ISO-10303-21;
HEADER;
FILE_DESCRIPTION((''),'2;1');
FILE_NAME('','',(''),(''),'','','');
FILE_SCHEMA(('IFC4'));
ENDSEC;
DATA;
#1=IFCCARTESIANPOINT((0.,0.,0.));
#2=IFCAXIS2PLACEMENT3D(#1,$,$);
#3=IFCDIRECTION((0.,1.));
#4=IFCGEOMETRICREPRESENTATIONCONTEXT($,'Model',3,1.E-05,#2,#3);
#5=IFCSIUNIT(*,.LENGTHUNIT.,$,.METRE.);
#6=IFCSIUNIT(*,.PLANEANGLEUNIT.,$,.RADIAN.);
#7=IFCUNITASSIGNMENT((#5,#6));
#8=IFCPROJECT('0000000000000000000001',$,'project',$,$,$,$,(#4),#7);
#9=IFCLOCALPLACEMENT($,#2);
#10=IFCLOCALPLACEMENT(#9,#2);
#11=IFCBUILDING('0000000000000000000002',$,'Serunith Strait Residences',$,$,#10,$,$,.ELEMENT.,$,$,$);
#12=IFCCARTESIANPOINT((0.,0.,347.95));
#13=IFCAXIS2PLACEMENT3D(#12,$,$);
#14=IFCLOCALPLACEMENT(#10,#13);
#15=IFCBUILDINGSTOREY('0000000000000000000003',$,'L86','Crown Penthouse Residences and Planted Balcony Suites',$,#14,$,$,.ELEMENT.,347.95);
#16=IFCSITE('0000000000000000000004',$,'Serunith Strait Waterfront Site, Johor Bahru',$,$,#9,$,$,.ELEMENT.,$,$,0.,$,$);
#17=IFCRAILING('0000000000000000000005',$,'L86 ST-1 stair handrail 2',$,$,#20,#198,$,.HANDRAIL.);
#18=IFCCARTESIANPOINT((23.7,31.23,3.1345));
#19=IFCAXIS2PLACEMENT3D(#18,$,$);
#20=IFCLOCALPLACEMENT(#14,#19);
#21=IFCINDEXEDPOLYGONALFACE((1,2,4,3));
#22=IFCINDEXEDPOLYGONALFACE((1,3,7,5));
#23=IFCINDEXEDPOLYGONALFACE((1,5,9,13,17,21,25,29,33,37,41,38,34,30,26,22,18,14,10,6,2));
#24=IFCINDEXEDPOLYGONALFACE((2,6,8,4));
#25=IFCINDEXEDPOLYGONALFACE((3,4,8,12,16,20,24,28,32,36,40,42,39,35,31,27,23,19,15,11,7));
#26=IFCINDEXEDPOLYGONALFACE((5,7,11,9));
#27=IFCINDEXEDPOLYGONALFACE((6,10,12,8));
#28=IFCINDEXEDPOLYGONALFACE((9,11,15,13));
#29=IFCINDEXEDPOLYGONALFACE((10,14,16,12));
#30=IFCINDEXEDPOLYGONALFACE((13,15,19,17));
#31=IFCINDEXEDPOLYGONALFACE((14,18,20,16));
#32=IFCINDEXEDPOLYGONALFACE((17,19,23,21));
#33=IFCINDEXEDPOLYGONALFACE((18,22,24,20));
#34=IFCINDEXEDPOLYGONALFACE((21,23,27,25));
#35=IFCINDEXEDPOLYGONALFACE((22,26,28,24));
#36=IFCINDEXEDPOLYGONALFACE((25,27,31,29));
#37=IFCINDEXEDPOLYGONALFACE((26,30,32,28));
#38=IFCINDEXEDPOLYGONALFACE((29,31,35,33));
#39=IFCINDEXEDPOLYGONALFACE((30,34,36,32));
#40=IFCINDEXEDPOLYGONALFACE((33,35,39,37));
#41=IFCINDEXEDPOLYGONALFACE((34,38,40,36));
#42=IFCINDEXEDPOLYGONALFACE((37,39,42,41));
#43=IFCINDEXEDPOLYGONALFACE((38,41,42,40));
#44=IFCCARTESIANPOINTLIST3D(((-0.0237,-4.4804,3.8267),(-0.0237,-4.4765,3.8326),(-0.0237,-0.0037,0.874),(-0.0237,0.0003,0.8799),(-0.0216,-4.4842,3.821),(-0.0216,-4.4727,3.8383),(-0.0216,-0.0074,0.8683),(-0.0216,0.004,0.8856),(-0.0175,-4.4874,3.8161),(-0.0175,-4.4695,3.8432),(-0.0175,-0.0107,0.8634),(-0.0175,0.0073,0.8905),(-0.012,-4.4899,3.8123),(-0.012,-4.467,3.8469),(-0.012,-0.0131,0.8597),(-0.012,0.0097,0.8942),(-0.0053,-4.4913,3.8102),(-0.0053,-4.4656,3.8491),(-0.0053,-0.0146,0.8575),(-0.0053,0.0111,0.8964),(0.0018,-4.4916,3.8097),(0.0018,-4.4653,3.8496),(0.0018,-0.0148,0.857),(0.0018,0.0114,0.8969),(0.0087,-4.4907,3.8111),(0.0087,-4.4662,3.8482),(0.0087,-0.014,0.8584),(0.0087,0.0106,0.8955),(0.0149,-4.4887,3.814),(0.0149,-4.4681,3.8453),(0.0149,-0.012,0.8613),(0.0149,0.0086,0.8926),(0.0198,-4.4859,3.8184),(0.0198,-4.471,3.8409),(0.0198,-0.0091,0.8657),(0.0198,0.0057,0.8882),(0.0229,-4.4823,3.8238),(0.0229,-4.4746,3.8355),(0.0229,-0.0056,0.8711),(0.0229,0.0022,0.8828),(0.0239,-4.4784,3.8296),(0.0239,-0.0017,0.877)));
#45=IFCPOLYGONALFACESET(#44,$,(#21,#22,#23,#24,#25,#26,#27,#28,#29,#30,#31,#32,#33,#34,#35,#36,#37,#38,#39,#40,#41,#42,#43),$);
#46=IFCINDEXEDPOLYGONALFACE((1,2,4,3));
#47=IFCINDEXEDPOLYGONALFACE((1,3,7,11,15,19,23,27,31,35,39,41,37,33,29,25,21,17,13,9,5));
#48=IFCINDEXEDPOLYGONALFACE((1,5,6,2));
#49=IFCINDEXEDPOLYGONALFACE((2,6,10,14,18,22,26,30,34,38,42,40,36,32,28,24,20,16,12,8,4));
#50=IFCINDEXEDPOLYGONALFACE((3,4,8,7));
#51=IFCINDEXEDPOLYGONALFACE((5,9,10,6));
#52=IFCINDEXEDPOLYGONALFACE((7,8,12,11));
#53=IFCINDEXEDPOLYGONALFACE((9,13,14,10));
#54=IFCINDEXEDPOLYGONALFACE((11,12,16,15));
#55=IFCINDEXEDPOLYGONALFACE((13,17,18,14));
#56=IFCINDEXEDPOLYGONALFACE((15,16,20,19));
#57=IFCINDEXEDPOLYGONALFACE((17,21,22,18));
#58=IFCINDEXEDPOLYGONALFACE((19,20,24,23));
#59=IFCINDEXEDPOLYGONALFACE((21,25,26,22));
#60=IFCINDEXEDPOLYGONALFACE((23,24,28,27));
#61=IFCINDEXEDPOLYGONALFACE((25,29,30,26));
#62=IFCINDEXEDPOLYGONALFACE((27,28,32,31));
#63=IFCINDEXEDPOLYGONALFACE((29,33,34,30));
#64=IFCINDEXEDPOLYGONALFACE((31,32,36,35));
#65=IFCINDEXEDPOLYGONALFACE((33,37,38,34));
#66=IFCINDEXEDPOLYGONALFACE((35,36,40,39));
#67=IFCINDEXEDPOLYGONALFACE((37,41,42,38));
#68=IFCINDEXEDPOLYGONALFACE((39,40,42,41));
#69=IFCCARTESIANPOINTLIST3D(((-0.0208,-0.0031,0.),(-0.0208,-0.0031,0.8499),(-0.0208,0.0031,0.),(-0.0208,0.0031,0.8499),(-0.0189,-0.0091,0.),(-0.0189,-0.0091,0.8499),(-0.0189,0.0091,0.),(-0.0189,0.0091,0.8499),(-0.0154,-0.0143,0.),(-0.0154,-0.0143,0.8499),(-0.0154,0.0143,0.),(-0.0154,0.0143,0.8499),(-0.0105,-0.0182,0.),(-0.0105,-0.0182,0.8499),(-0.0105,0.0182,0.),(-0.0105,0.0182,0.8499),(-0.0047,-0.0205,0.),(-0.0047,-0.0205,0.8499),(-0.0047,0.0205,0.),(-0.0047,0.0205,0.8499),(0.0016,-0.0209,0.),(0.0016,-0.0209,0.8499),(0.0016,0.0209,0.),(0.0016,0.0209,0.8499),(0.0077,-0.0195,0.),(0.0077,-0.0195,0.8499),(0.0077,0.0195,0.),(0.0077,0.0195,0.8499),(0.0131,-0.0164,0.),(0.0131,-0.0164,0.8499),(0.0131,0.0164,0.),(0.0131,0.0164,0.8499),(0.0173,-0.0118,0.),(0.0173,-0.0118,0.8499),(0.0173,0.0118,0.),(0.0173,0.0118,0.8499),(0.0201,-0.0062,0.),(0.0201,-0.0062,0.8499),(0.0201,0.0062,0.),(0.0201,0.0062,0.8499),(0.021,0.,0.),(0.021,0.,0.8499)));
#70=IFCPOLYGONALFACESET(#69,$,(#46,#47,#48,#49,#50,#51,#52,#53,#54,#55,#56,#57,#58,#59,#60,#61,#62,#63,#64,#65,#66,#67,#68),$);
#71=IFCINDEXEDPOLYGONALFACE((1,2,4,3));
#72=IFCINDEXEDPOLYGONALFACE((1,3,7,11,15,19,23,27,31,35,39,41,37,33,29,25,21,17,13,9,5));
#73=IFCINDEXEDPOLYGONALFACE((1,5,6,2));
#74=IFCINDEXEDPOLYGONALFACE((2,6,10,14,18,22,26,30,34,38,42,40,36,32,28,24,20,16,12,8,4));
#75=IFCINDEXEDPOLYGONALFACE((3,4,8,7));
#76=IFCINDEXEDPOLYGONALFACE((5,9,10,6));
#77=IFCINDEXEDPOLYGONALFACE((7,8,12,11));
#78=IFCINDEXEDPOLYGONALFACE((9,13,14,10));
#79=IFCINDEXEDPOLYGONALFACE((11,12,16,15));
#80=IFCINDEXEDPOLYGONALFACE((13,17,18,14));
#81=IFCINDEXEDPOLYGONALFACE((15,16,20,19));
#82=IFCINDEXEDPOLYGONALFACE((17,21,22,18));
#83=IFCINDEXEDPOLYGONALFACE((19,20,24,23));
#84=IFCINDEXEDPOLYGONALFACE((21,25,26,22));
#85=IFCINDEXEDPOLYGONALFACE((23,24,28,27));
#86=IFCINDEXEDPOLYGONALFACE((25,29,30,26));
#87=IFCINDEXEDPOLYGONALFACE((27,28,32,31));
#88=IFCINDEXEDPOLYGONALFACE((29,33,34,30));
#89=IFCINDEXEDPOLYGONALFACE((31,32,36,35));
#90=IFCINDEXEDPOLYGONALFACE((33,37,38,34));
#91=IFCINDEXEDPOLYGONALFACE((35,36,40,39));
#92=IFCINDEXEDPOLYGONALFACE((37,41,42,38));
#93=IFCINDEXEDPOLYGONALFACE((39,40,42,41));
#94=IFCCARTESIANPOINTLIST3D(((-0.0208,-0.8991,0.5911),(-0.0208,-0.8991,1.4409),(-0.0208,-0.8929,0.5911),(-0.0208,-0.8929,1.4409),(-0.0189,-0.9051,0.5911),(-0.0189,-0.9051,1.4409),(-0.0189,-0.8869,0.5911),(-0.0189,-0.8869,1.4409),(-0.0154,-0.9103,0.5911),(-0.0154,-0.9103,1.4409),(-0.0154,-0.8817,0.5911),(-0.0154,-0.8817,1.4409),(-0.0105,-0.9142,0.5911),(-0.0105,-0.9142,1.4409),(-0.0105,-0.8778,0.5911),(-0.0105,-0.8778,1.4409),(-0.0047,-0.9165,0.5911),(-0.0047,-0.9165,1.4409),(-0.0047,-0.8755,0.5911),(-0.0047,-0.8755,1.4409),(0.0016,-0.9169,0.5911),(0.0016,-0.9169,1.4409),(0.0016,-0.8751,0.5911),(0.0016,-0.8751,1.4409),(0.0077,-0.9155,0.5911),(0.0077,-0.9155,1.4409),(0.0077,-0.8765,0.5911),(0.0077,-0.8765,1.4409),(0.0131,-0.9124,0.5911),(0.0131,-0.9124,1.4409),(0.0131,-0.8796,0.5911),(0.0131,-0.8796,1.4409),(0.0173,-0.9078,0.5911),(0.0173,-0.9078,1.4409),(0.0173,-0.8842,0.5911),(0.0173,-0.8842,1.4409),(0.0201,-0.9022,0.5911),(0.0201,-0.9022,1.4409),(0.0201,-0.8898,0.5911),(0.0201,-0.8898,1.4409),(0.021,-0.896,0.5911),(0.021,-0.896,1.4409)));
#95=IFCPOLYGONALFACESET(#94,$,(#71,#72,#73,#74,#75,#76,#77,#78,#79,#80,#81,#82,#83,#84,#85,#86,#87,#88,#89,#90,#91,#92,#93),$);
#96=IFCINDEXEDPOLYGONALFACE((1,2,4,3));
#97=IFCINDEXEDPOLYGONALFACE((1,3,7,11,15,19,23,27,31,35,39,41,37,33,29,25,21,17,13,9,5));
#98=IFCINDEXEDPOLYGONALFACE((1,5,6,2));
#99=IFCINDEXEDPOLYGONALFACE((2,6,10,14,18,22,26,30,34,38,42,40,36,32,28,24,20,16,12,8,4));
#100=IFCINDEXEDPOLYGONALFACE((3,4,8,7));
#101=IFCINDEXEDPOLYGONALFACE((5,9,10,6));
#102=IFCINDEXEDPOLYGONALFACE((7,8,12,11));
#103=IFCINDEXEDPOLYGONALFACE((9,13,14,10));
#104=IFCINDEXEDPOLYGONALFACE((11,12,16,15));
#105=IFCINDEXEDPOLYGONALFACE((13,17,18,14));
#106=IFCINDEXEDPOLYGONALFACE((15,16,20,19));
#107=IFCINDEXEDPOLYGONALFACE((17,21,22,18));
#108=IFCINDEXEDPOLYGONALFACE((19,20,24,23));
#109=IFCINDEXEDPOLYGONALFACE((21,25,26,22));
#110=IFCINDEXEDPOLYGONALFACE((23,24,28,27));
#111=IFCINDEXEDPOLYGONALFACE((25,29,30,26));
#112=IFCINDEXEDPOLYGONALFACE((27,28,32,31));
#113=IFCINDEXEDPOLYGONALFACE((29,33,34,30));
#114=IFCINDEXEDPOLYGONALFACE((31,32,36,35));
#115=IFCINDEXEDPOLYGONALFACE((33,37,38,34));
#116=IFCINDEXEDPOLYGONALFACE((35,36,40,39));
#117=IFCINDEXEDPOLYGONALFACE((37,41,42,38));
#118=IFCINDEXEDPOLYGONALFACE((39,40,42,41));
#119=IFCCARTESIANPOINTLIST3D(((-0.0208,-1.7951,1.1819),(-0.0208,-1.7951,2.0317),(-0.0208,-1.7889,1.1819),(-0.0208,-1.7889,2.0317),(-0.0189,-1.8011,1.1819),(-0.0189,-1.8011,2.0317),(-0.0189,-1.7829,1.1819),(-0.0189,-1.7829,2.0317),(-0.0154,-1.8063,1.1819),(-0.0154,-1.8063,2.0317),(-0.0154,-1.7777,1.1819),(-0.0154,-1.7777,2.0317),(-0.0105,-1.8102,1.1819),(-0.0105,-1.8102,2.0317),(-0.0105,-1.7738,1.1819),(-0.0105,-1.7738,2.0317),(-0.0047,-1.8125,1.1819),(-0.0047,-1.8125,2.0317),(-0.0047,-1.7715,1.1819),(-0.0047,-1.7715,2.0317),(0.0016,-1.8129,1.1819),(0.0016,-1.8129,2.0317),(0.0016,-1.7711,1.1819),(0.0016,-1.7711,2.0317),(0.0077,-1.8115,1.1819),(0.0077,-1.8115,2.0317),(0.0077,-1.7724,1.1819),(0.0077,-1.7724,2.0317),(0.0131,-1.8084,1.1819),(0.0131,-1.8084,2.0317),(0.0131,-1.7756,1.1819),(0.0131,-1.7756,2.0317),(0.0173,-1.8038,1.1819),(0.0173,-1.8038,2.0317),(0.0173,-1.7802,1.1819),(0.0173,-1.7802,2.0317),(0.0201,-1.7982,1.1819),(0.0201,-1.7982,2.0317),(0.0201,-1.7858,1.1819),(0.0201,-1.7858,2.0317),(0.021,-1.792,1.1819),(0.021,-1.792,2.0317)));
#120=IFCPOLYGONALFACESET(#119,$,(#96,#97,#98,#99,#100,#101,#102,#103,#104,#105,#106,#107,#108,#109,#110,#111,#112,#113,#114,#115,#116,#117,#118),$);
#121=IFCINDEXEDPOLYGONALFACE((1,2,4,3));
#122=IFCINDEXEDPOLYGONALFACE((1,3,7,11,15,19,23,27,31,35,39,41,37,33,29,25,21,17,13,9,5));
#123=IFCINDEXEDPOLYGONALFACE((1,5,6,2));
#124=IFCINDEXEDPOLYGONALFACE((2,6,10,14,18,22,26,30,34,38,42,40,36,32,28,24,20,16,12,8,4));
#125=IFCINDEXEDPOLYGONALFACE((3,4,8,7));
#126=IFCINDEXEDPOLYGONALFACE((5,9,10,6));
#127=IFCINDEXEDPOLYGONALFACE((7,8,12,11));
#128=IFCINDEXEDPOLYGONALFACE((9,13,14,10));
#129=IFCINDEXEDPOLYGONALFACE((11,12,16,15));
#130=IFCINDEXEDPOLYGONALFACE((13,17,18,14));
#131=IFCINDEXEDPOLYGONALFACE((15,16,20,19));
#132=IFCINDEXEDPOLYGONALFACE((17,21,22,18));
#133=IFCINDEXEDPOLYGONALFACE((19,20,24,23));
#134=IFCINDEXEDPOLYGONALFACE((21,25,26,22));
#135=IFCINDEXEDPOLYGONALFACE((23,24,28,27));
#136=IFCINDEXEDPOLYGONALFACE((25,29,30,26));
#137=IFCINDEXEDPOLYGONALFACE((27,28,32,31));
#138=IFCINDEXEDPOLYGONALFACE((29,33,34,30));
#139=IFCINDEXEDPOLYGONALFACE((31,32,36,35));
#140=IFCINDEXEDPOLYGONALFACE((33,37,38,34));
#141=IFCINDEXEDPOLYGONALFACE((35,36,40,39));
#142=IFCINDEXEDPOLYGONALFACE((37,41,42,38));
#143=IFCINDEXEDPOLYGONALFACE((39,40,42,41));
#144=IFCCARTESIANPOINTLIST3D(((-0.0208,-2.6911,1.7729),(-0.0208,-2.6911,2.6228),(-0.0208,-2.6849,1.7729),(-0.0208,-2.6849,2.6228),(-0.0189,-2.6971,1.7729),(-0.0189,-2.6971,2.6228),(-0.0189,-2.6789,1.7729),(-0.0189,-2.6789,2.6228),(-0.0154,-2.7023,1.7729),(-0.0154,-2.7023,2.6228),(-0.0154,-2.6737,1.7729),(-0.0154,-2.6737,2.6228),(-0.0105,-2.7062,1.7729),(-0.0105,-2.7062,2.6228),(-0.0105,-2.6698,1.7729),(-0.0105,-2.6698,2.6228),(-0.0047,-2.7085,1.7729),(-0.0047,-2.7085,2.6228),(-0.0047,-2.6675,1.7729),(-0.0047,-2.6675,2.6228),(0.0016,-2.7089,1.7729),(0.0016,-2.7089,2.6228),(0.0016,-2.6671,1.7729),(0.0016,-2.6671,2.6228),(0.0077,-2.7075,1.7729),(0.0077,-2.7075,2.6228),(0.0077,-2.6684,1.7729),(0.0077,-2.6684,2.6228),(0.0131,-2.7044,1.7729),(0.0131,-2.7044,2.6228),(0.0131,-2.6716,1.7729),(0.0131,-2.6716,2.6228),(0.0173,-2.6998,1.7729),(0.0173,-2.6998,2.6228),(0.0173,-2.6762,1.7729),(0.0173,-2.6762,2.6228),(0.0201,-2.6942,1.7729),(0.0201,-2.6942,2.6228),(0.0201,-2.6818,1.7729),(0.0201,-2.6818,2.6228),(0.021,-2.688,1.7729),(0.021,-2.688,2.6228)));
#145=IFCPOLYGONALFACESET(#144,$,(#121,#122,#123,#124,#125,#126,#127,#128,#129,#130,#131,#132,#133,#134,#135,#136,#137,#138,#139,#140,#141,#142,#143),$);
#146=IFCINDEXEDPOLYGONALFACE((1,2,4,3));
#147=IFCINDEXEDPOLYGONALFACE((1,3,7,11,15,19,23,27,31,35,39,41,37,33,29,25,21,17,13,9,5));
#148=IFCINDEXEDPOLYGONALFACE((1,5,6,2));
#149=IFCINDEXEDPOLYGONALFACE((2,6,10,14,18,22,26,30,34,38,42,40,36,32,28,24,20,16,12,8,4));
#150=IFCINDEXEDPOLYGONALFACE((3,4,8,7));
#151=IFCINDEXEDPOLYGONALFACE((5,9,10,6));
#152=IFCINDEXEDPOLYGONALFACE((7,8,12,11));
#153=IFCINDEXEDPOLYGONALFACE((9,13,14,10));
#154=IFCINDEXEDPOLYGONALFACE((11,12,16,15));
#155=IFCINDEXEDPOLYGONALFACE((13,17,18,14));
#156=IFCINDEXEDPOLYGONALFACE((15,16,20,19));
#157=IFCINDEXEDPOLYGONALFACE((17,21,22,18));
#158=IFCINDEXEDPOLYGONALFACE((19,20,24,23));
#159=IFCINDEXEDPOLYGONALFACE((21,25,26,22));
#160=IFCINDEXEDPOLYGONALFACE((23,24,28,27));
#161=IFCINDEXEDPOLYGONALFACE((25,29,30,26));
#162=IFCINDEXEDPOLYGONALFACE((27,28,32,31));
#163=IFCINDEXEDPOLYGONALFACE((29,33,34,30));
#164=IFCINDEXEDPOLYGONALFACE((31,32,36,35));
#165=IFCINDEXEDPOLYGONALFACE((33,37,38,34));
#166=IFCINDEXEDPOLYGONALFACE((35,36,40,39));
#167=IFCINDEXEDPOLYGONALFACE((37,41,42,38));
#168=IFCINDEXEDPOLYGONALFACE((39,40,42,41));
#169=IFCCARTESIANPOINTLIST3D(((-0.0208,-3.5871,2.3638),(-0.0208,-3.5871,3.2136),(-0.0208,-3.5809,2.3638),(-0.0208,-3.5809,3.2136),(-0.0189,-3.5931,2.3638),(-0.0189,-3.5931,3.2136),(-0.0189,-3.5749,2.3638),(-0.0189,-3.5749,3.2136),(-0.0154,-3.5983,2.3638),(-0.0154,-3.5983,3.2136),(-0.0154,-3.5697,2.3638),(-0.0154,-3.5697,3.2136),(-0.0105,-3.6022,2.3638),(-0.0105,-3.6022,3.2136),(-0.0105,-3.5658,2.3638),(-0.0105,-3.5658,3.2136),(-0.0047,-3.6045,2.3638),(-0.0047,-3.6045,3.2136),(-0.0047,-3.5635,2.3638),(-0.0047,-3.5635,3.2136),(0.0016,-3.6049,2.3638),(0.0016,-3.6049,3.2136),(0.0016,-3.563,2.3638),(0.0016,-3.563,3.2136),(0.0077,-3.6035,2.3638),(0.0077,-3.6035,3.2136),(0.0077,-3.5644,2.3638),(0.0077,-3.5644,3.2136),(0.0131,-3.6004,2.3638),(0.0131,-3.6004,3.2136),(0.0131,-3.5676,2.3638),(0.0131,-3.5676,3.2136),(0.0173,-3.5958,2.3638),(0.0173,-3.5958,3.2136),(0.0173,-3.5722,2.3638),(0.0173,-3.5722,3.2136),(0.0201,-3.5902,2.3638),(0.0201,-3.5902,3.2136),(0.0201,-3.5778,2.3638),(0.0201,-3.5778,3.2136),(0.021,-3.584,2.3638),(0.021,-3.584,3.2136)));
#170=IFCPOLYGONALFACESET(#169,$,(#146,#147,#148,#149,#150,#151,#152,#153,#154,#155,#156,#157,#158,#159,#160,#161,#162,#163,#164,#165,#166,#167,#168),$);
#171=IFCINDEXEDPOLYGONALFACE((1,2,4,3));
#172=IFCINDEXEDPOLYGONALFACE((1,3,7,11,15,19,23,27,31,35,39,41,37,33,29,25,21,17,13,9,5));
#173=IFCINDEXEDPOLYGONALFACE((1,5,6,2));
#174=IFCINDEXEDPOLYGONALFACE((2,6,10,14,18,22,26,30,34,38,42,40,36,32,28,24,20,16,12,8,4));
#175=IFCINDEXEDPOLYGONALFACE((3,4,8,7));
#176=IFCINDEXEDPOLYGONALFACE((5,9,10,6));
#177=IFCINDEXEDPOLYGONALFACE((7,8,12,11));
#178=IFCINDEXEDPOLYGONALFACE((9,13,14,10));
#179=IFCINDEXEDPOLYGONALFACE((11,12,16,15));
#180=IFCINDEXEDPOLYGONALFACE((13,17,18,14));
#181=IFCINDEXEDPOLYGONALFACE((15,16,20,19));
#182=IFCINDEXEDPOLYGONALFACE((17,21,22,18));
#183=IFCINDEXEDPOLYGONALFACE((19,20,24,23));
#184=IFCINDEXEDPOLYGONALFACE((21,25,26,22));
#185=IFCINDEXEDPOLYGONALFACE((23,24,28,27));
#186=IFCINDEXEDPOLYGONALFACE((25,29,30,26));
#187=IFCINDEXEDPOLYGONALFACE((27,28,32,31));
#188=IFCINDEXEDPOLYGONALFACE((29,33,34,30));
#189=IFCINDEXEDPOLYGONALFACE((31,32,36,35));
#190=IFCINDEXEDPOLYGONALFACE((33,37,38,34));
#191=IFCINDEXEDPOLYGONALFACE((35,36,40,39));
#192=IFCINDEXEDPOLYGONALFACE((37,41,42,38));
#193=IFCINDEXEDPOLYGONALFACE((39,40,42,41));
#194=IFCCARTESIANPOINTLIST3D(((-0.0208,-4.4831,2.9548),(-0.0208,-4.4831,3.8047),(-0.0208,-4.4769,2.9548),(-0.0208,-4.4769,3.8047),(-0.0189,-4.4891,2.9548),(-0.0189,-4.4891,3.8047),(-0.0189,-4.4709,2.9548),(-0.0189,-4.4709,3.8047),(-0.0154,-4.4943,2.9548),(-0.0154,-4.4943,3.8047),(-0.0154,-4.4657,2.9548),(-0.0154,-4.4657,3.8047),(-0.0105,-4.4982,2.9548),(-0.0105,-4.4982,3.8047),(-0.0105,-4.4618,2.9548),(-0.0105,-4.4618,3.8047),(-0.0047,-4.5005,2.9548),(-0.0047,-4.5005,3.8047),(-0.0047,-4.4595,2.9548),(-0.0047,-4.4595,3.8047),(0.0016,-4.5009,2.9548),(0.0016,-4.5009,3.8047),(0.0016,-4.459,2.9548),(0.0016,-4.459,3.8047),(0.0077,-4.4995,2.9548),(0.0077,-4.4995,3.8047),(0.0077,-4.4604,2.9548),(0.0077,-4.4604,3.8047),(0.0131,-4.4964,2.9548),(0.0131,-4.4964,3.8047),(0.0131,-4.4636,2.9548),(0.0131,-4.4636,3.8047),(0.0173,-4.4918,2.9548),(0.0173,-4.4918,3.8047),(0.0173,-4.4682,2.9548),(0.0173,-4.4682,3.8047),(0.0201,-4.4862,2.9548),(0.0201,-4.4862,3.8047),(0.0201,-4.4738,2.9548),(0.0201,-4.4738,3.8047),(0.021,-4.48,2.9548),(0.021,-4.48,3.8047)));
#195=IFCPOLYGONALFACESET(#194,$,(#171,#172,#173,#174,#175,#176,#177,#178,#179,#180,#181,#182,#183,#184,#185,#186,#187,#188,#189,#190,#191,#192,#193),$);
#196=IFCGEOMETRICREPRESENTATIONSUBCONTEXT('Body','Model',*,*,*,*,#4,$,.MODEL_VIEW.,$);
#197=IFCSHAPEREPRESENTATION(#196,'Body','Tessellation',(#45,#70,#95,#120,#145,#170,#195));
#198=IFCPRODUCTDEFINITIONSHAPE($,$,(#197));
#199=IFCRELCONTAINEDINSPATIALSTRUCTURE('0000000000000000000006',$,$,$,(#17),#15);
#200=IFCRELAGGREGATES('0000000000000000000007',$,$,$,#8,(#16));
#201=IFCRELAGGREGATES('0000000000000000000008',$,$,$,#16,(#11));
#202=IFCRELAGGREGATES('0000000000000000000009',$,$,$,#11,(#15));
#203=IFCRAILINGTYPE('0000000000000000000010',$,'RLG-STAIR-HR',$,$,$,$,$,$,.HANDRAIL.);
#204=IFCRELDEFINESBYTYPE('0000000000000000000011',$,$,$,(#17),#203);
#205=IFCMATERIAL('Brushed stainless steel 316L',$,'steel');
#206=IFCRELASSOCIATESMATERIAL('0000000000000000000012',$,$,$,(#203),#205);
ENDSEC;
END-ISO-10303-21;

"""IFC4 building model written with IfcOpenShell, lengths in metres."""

from ifc_helpers import new_model, si_unit, direction, frame, origin, origin_2d, place, context, subcontext, project, spatial, circle, extrude, material, type_object, element, save


model = new_model("IFC4")

# Units and contexts
model_context = context("Model", 3, precision=1e-05, world=origin(), true_north=direction((0.0, 1.0)))
body_context = subcontext(model_context, "Body", "Model", "MODEL_VIEW")
ifc_project = project(units=[si_unit("LENGTHUNIT", "METRE"), si_unit("PLANEANGLEUNIT", "RADIAN")], contexts=[model_context])

# Site, building, storey
site_placement = place(None, origin())
site = spatial("IfcSite", under=ifc_project, at=site_placement, Name="Serunith Strait Waterfront Site, Johor Bahru", CompositionType="ELEMENT", RefElevation=0.0)
building_placement = place(site_placement, origin())
building = spatial("IfcBuilding", under=site, at=building_placement, Name="Serunith Strait Residences", CompositionType="ELEMENT")
storey_placement = place(building_placement, frame((0.0, 0.0, 347.95)))
storey = spatial("IfcBuildingStorey", under=building, at=storey_placement, Name="L86", Description="Crown Penthouse Residences and Planted Balcony Suites", CompositionType="ELEMENT", Elevation=347.95)

# Railing
ifc_material_1 = material(Name="Brushed stainless steel 316L", Category="steel")
railing_type_1 = type_object("IfcRailingType", Name="RLG-STAIR-HR", PredefinedType="HANDRAIL", material=ifc_material_1)
railing_1_placement = place(storey_placement, frame((23.7, 31.23, 3.1345)))
element("IfcRailing", 1, at=railing_1_placement, inside=storey, type_object=railing_type_1, Name="L86 ST-1 stair handrail 2", PredefinedType="HANDRAIL", context=body_context, shape_type="SweptSolid", body=[
    extrude(circle(Radius=0.0239, at=origin_2d()), frame((0.0, -0.0017, 0.877), z_axis=(0.0, -0.834777, 0.550589), x_axis=(1.0, 0.0, 0.0)), (0.0, 0.0, 1.0), 5.3628),
    extrude(circle(Radius=0.021, at=origin_2d()), origin(), (0.0, 0.0, 1.0), 0.8499),
    extrude(circle(Radius=0.021, at=origin_2d()), frame((0.0, -0.896, 0.5911)), (0.0, 0.0, 1.0), 0.8499),
    extrude(circle(Radius=0.021, at=origin_2d()), frame((0.0, -1.792, 1.1819)), (0.0, 0.0, 1.0), 0.8499),
    extrude(circle(Radius=0.021, at=origin_2d()), frame((0.0, -2.688, 1.7729)), (0.0, 0.0, 1.0), 0.8499),
    extrude(circle(Radius=0.021, at=origin_2d()), frame((0.0, -3.584, 2.3638)), (0.0, 0.0, 1.0), 0.8499),
    extrude(circle(Radius=0.021, at=origin_2d()), frame((0.0, -4.48, 2.9548)), (0.0, 0.0, 1.0), 0.8499),
])

save(model, "model.ifc")
